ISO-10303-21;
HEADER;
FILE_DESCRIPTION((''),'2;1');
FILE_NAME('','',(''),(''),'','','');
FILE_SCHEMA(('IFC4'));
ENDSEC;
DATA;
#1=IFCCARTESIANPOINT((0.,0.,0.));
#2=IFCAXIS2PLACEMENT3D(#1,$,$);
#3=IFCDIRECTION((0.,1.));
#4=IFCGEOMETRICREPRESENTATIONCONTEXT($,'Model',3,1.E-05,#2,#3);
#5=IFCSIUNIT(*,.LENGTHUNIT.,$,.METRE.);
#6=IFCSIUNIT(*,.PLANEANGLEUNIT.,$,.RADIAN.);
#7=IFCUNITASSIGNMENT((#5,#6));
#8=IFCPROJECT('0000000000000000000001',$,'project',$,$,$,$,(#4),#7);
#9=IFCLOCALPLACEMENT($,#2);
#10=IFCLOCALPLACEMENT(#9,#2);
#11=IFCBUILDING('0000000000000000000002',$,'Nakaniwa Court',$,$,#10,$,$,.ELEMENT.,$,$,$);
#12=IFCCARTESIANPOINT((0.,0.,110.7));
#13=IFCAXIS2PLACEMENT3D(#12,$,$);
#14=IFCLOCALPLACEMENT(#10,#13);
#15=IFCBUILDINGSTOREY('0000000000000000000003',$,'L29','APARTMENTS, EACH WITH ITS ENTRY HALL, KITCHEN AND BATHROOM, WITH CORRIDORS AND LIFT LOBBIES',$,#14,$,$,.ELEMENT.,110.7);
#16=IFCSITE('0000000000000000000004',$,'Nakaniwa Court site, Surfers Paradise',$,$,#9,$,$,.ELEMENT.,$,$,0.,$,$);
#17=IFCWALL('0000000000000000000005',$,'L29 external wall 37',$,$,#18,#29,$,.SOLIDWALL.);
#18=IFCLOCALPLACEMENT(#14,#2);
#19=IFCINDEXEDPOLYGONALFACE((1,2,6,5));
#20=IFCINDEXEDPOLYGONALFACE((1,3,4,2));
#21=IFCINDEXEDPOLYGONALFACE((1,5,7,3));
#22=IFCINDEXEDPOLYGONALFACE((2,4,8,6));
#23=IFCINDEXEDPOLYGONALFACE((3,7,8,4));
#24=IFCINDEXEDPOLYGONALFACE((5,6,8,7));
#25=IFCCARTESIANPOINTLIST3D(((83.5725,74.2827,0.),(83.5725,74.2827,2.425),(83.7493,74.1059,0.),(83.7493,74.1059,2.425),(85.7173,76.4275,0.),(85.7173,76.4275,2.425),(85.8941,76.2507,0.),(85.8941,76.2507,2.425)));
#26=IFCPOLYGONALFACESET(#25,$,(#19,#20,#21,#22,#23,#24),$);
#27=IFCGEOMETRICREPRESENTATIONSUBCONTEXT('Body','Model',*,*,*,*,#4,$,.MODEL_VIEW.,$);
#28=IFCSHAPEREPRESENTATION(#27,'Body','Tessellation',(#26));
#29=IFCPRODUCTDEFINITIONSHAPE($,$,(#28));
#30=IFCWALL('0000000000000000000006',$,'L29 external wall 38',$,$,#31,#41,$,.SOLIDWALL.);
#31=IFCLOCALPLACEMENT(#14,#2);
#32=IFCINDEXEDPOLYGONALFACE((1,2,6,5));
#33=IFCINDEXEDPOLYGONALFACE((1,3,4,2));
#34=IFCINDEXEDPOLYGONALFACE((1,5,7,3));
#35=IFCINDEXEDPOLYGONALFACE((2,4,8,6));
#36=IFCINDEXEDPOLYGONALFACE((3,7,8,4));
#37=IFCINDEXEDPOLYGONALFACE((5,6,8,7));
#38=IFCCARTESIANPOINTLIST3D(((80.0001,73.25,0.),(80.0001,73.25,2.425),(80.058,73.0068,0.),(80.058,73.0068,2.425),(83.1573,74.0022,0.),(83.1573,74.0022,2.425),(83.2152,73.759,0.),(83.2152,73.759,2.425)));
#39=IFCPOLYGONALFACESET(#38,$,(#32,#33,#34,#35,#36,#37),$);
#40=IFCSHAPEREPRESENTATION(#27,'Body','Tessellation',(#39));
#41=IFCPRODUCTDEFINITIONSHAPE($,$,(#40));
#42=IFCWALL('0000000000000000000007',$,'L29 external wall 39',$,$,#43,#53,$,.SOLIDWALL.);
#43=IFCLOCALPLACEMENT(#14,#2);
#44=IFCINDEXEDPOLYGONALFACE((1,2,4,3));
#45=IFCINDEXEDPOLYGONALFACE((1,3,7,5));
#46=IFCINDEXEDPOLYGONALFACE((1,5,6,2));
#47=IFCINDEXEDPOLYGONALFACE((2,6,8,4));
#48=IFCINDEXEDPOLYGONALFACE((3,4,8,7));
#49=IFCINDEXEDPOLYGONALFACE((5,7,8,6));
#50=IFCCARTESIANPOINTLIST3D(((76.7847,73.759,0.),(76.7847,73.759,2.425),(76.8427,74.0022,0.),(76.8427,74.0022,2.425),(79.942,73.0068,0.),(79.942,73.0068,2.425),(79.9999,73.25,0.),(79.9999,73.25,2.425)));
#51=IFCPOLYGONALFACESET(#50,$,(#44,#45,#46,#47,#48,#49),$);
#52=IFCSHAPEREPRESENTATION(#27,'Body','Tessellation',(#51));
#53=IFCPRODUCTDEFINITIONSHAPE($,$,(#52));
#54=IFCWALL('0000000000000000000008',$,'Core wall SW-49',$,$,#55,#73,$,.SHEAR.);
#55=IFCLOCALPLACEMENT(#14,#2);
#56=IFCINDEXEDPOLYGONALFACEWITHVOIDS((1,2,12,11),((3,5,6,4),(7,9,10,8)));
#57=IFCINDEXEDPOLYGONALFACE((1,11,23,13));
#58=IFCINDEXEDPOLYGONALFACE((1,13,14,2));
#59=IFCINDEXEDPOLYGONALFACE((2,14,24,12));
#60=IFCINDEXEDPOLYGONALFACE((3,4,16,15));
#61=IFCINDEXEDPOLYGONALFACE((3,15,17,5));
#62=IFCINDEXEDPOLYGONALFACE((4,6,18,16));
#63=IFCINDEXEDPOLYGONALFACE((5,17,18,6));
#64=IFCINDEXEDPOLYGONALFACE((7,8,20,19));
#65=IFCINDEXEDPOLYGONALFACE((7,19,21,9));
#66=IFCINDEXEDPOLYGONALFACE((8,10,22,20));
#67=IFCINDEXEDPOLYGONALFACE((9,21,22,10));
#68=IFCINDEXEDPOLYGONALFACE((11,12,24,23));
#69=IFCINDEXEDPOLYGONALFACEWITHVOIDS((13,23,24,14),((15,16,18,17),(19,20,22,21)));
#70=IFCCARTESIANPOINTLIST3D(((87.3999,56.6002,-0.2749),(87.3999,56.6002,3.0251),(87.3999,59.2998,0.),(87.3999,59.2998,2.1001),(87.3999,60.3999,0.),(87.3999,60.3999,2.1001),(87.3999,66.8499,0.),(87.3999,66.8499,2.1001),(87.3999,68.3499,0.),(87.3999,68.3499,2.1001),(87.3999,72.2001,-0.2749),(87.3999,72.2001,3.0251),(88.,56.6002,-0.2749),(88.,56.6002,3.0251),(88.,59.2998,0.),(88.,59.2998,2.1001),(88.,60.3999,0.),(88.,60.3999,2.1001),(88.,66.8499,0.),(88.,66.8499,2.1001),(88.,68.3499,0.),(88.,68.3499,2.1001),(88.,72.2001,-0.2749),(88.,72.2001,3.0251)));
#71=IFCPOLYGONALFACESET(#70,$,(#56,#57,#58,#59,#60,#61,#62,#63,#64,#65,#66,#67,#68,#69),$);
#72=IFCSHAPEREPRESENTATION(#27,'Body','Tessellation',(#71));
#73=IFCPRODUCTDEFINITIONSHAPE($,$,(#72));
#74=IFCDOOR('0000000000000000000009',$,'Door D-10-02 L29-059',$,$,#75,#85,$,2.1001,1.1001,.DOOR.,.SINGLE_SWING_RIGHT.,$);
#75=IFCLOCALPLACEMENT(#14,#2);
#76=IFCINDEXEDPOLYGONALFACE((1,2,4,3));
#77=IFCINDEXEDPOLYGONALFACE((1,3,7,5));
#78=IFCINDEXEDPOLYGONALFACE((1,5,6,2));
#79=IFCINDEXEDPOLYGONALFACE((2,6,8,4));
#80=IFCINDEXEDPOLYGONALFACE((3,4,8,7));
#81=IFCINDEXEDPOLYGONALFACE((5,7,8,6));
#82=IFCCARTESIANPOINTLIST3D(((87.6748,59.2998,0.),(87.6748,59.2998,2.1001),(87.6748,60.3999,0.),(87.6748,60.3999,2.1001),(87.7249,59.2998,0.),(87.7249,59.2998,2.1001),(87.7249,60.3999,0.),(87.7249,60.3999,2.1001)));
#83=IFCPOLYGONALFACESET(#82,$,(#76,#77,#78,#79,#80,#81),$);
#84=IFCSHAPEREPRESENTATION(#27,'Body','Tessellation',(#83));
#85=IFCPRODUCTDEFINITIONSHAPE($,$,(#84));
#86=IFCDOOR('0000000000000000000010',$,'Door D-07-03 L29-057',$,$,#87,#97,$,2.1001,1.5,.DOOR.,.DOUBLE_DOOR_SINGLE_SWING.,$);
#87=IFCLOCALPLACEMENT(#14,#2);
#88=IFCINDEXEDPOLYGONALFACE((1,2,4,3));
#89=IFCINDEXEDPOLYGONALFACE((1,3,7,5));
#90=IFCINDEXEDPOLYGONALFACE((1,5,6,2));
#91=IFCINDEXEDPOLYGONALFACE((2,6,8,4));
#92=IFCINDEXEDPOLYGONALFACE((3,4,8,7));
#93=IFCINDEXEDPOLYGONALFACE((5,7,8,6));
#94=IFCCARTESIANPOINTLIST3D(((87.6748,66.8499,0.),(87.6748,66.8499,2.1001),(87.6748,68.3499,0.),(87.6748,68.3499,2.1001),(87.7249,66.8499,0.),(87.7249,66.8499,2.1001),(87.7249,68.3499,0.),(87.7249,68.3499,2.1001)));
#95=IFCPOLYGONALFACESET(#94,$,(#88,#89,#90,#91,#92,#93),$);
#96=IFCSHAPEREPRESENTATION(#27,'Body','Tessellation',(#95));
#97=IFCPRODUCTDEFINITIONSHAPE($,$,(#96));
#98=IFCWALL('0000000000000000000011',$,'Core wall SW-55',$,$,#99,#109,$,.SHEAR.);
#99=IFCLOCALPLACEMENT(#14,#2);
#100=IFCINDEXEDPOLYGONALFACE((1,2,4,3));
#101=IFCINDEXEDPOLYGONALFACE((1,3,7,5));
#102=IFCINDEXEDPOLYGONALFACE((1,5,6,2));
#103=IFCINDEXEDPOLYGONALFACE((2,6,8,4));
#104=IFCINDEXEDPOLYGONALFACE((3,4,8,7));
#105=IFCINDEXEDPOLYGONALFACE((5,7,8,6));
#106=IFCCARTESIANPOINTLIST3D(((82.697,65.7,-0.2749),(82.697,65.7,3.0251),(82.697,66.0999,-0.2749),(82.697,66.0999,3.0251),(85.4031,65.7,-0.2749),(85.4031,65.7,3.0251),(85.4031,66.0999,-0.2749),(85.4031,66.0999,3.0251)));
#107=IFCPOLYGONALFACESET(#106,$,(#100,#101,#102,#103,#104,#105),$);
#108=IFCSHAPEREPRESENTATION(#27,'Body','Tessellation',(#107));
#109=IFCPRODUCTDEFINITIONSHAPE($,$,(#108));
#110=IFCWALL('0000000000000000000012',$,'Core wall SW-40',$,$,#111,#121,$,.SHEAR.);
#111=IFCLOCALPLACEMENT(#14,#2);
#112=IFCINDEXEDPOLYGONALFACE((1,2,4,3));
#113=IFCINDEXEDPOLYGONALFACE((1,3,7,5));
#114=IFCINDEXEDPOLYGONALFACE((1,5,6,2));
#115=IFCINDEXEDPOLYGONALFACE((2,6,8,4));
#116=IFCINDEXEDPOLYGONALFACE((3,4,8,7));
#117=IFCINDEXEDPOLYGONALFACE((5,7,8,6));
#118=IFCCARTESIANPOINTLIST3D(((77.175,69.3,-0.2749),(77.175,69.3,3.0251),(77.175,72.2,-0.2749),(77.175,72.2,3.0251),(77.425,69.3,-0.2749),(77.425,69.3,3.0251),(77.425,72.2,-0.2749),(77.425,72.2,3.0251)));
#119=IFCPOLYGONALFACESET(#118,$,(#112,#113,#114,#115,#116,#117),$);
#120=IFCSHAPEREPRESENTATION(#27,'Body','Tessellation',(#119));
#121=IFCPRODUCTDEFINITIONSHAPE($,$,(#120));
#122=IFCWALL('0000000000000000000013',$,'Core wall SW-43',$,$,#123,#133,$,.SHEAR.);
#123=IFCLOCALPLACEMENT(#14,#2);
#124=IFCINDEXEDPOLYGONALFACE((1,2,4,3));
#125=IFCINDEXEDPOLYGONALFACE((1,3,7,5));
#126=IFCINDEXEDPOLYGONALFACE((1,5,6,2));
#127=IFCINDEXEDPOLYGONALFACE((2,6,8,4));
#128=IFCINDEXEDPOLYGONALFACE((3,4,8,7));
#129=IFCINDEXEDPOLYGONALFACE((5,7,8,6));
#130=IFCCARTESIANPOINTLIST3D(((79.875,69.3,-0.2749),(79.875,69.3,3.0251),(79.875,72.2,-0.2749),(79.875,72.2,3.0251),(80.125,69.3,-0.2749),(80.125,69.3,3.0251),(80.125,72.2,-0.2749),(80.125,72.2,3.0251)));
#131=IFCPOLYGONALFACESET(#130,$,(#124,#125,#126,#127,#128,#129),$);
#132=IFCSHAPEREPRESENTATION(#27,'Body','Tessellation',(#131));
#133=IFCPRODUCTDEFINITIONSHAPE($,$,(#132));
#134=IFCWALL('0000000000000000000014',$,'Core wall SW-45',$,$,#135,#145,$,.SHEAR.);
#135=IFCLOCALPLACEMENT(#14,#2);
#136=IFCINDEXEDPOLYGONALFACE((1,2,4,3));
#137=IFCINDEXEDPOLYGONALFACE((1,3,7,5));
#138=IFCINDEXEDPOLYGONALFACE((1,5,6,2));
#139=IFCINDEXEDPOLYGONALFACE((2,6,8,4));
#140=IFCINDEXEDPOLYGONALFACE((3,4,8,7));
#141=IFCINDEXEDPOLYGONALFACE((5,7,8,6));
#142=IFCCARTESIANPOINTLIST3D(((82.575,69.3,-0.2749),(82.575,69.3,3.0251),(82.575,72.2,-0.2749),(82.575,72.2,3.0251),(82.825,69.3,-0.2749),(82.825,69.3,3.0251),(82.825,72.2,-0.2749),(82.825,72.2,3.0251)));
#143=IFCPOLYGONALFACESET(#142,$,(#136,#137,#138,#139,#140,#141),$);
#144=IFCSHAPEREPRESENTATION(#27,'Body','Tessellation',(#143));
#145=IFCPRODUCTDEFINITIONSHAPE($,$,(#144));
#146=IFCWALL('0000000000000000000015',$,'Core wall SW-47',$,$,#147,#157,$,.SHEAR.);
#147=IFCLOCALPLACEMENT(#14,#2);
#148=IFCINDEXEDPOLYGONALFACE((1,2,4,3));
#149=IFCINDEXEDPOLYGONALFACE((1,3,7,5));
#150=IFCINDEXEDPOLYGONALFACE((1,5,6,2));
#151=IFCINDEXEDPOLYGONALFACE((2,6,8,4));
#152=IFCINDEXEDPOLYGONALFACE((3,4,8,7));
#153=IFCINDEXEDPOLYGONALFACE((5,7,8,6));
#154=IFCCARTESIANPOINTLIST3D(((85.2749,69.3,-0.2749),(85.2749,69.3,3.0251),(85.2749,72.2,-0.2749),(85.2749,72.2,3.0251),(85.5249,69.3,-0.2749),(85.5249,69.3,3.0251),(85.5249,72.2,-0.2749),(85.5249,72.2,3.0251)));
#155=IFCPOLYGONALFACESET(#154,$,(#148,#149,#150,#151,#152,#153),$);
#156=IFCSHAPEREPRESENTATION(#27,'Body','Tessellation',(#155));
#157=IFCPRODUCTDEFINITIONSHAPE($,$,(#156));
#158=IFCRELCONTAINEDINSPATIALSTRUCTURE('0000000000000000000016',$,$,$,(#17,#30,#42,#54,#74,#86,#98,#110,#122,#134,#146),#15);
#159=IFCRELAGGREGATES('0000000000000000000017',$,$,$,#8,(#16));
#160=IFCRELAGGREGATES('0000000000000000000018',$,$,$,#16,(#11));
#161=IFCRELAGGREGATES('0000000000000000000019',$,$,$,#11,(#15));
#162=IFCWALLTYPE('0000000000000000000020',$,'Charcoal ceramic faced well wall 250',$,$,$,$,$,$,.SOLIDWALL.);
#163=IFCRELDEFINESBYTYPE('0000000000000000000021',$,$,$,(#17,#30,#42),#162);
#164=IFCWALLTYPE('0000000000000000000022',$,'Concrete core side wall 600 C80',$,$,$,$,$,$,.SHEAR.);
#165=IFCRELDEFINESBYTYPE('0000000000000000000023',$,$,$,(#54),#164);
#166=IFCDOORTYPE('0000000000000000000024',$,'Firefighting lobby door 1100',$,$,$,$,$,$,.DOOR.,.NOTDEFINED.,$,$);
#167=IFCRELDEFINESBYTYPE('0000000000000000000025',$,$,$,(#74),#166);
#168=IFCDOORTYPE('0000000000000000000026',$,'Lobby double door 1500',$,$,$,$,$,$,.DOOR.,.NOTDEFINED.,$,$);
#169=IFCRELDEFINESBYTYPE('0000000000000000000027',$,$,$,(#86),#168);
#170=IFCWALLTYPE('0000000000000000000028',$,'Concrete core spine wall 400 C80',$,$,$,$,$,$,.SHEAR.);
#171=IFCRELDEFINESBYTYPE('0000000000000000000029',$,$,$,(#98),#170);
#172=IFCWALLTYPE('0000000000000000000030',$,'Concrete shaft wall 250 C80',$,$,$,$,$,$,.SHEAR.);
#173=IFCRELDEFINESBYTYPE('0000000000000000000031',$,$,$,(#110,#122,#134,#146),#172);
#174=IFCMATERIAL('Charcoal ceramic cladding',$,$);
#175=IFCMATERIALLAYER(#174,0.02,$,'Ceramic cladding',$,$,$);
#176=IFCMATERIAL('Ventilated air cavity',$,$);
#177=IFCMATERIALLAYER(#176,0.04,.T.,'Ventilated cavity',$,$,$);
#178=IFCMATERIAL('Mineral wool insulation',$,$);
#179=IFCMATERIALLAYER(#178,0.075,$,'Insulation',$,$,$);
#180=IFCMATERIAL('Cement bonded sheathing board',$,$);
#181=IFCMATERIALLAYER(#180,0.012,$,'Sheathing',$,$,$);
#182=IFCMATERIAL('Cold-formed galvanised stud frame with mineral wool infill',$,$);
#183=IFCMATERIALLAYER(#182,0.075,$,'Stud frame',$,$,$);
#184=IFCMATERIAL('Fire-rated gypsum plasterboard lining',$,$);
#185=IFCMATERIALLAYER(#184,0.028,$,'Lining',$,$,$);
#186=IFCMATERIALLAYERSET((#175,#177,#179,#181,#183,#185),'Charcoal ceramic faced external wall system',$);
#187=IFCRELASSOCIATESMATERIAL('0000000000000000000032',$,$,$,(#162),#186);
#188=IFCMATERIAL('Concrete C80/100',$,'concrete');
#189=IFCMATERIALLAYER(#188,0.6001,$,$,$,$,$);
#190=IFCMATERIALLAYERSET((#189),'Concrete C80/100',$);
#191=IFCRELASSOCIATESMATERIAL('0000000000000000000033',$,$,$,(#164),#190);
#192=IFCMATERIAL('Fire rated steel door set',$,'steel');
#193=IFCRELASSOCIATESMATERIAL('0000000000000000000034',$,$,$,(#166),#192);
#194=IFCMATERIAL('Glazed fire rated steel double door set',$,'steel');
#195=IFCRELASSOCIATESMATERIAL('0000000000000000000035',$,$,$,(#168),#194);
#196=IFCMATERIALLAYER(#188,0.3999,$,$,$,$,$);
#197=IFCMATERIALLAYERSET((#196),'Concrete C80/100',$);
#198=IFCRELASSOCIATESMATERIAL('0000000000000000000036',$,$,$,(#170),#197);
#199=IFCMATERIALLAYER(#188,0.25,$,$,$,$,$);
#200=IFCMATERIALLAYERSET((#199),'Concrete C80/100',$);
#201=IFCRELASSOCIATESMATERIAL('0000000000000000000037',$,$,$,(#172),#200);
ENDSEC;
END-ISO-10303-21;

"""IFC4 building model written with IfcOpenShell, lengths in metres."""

from ifc_helpers import new_model, si_unit, direction, frame, frame_2d, origin, place, context, subcontext, project, spatial, rectangle, extrude, material, layer, layer_set, type_object, element, fill, save


model = new_model("IFC4")

# Units and contexts
model_context = context("Model", 3, precision=1e-05, world=origin(), true_north=direction((0.0, 1.0)))
body_context = subcontext(model_context, "Body", "Model", "MODEL_VIEW")
ifc_project = project(units=[si_unit("LENGTHUNIT", "METRE"), si_unit("PLANEANGLEUNIT", "RADIAN")], contexts=[model_context])

# Site, building, storey
site_placement = place(None, origin())
site = spatial("IfcSite", under=ifc_project, at=site_placement, Name="Nakaniwa Court site, Surfers Paradise", CompositionType="ELEMENT", RefElevation=0.0)
building_placement = place(site_placement, origin())
building = spatial("IfcBuilding", under=site, at=building_placement, Name="Nakaniwa Court", CompositionType="ELEMENT")
storey_placement = place(building_placement, frame((0.0, 0.0, 110.7)))
storey = spatial("IfcBuildingStorey", under=building, at=storey_placement, Name="L29", Description="APARTMENTS, EACH WITH ITS ENTRY HALL, KITCHEN AND BATHROOM, WITH CORRIDORS AND LIFT LOBBIES", CompositionType="ELEMENT", Elevation=110.7)

# Shared definitions
ifc_material_1 = material(Name="Concrete C80/100", Category="concrete")

# Shared definitions
ifc_material_2 = material(Name="Fire rated steel door set", Category="steel")

# Walls
ifc_material_3 = material(Name="Charcoal ceramic cladding")
ifc_layer_1 = layer(ifc_material_3, 0.02, Name="Ceramic cladding")
ifc_material_4 = material(Name="Ventilated air cavity")
ifc_layer_2 = layer(ifc_material_4, 0.04, ventilated=True, Name="Ventilated cavity")
ifc_material_5 = material(Name="Mineral wool insulation")
ifc_layer_3 = layer(ifc_material_5, 0.075, Name="Insulation")
ifc_material_6 = material(Name="Cement bonded sheathing board")
ifc_layer_4 = layer(ifc_material_6, 0.012, Name="Sheathing")
ifc_material_7 = material(Name="Cold-formed galvanised stud frame with mineral wool infill")
ifc_layer_5 = layer(ifc_material_7, 0.075, Name="Stud frame")
ifc_material_8 = material(Name="Fire-rated gypsum plasterboard lining")
ifc_layer_6 = layer(ifc_material_8, 0.028, Name="Lining")
ifc_layer_set_1 = layer_set([ifc_layer_1, ifc_layer_2, ifc_layer_3, ifc_layer_4, ifc_layer_5, ifc_layer_6], Name="Charcoal ceramic faced external wall system")
wall_type_1 = type_object("IfcWallType", Name="Charcoal ceramic faced well wall 250", PredefinedType="SOLIDWALL", material=ifc_layer_set_1)
wall_1_placement = place(storey_placement, frame((85.8057, 76.3391, 0.0), z_axis=(0.0, 0.0, 1.0), x_axis=(-0.707107, -0.707107, 0.0)))
element("IfcWall", 1, at=wall_1_placement, inside=storey, type_object=wall_type_1, Name="L29 external wall 37", PredefinedType="SOLIDWALL", context=body_context, shape_type="SweptSolid", body=[
    extrude(rectangle(XDim=3.0332, YDim=0.25, at=frame_2d((1.5166, 0.0))), origin(), (0.0, 0.0, 1.0), 2.425),
])
for number, where, z_axis, x_axis, name in (
    (2, (83.1863, 73.8806, 0.0), (0.0, 0.0, 1.0), (-0.972773, -0.23176, 0.0), "L29 external wall 38"),
    (3, (79.9709, 73.1284, 0.0), (0.0, 0.0, 1.0), (-0.972773, 0.23176, 0.0), "L29 external wall 39"),
):
    element("IfcWall", number, at=place(storey_placement, frame(where, z_axis=z_axis, x_axis=x_axis)), inside=storey, type_object=wall_type_1, Name=name, PredefinedType="SOLIDWALL", context=body_context, shape_type="SweptSolid", body=[
        extrude(rectangle(XDim=3.2456, YDim=0.25, at=frame_2d((1.6228, 0.0))), origin(), (0.0, 0.0, 1.0), 2.425),
    ])

# Wall, openings, doors
ifc_layer_7 = layer(ifc_material_1, 0.6001)
ifc_layer_set_2 = layer_set([ifc_layer_7], Name="Concrete C80/100")
wall_type_2 = type_object("IfcWallType", Name="Concrete core side wall 600 C80", PredefinedType="SHEAR", material=ifc_layer_set_2)
wall_2_placement = place(storey_placement, frame((87.7, 72.2, -0.2749), z_axis=(0.0, 0.0, 1.0), x_axis=(0.0, -1.0, 0.0)))
wall_2 = element("IfcWall", 4, at=wall_2_placement, inside=storey, type_object=wall_type_2, Name="Core wall SW-49", PredefinedType="SHEAR", context=body_context, shape_type="SweptSolid", body=[
    extrude(rectangle(XDim=15.5999, YDim=0.6001, at=frame_2d((7.7998, 0.0))), origin(), (0.0, 0.0, 1.0), 3.3),
])
opening_1_placement = place(wall_2_placement, frame((3.8501, 0.0, 0.2749)))
opening_1 = element("IfcOpeningElement", 5, at=opening_1_placement, cuts=wall_2, PredefinedType="OPENING", context=body_context, shape_type="SweptSolid", body=[
    extrude(rectangle(XDim=1.5, YDim=2.1001, at=frame_2d((0.75, 1.05))), frame((0.0, 0.3101, 0.0), z_axis=(0.0, -1.0, 0.0), x_axis=(1.0, 0.0, 0.0)), (0.0, 0.0, 1.0), 0.6201),
])
opening_2_placement = place(wall_2_placement, frame((11.8, 0.0, 0.2749)))
opening_2 = element("IfcOpeningElement", 6, at=opening_2_placement, cuts=wall_2, PredefinedType="OPENING", context=body_context, shape_type="SweptSolid", body=[
    extrude(rectangle(XDim=1.1001, YDim=2.1001, at=frame_2d((0.55, 1.05))), frame((0.0, 0.3101, 0.0), z_axis=(0.0, -1.0, 0.0), x_axis=(1.0, 0.0, 0.0)), (0.0, 0.0, 1.0), 0.6201),
])
door_type_1 = type_object("IfcDoorType", Name="Firefighting lobby door 1100", OperationType="NOTDEFINED", PredefinedType="DOOR", material=ifc_material_2)
door_1_placement = place(opening_2_placement, origin())
door_1 = element("IfcDoor", 7, at=door_1_placement, inside=storey, type_object=door_type_1, Name="Door D-10-02 L29-059", OperationType="SINGLE_SWING_RIGHT", OverallHeight=2.1001, OverallWidth=1.1001, PredefinedType="DOOR", context=body_context, shape_type="SweptSolid", body=[
    extrude(rectangle(XDim=1.1001, YDim=2.1001, at=frame_2d((0.55, 1.05))), frame((0.0, 0.0249, 0.0), z_axis=(0.0, -1.0, 0.0), x_axis=(1.0, 0.0, 0.0)), (0.0, 0.0, 1.0), 0.05),
])
fill(opening_2, door_1)
ifc_material_9 = material(Name="Glazed fire rated steel double door set", Category="steel")
door_type_2 = type_object("IfcDoorType", Name="Lobby double door 1500", OperationType="NOTDEFINED", PredefinedType="DOOR", material=ifc_material_9)
door_2_placement = place(opening_1_placement, origin())
door_2 = element("IfcDoor", 8, at=door_2_placement, inside=storey, type_object=door_type_2, Name="Door D-07-03 L29-057", OperationType="DOUBLE_DOOR_SINGLE_SWING", OverallHeight=2.1001, OverallWidth=1.5, PredefinedType="DOOR", context=body_context, shape_type="SweptSolid", body=[
    extrude(rectangle(XDim=1.5, YDim=2.1001, at=frame_2d((0.75, 1.05))), frame((0.0, 0.0249, 0.0), z_axis=(0.0, -1.0, 0.0), x_axis=(1.0, 0.0, 0.0)), (0.0, 0.0, 1.0), 0.05),
])
fill(opening_1, door_2)

# Walls
ifc_layer_8 = layer(ifc_material_1, 0.3999)
ifc_layer_set_3 = layer_set([ifc_layer_8], Name="Concrete C80/100")
wall_type_3 = type_object("IfcWallType", Name="Concrete core spine wall 400 C80", PredefinedType="SHEAR", material=ifc_layer_set_3)
wall_3_placement = place(storey_placement, frame((82.697, 65.8999, -0.2749), z_axis=(0.0, 0.0, 1.0), x_axis=(1.0, 0.0, 0.0)))
element("IfcWall", 9, at=wall_3_placement, inside=storey, type_object=wall_type_3, Name="Core wall SW-55", PredefinedType="SHEAR", context=body_context, shape_type="SweptSolid", body=[
    extrude(rectangle(XDim=2.7061, YDim=0.3999, at=frame_2d((1.353, 0.0))), origin(), (0.0, 0.0, 1.0), 3.3),
])
ifc_layer_9 = layer(ifc_material_1, 0.25)
ifc_layer_set_4 = layer_set([ifc_layer_9], Name="Concrete C80/100")
wall_type_4 = type_object("IfcWallType", Name="Concrete shaft wall 250 C80", PredefinedType="SHEAR", material=ifc_layer_set_4)
for number, where, z_axis, x_axis, name in (
    (10, (77.3, 69.3, -0.2749), (0.0, 0.0, 1.0), (0.0, 1.0, 0.0), "Core wall SW-40"),
    (11, (80.0, 69.3, -0.2749), (0.0, 0.0, 1.0), (0.0, 1.0, 0.0), "Core wall SW-43"),
    (12, (82.7, 69.3, -0.2749), (0.0, 0.0, 1.0), (0.0, 1.0, 0.0), "Core wall SW-45"),
    (13, (85.3999, 69.3, -0.2749), (0.0, 0.0, 1.0), (0.0, 1.0, 0.0), "Core wall SW-47"),
):
    element("IfcWall", number, at=place(storey_placement, frame(where, z_axis=z_axis, x_axis=x_axis)), inside=storey, type_object=wall_type_4, Name=name, PredefinedType="SHEAR", context=body_context, shape_type="SweptSolid", body=[
        extrude(rectangle(XDim=2.8999, YDim=0.25, at=frame_2d((1.45, 0.0))), origin(), (0.0, 0.0, 1.0), 3.3),
    ])

save(model, "model.ifc")
